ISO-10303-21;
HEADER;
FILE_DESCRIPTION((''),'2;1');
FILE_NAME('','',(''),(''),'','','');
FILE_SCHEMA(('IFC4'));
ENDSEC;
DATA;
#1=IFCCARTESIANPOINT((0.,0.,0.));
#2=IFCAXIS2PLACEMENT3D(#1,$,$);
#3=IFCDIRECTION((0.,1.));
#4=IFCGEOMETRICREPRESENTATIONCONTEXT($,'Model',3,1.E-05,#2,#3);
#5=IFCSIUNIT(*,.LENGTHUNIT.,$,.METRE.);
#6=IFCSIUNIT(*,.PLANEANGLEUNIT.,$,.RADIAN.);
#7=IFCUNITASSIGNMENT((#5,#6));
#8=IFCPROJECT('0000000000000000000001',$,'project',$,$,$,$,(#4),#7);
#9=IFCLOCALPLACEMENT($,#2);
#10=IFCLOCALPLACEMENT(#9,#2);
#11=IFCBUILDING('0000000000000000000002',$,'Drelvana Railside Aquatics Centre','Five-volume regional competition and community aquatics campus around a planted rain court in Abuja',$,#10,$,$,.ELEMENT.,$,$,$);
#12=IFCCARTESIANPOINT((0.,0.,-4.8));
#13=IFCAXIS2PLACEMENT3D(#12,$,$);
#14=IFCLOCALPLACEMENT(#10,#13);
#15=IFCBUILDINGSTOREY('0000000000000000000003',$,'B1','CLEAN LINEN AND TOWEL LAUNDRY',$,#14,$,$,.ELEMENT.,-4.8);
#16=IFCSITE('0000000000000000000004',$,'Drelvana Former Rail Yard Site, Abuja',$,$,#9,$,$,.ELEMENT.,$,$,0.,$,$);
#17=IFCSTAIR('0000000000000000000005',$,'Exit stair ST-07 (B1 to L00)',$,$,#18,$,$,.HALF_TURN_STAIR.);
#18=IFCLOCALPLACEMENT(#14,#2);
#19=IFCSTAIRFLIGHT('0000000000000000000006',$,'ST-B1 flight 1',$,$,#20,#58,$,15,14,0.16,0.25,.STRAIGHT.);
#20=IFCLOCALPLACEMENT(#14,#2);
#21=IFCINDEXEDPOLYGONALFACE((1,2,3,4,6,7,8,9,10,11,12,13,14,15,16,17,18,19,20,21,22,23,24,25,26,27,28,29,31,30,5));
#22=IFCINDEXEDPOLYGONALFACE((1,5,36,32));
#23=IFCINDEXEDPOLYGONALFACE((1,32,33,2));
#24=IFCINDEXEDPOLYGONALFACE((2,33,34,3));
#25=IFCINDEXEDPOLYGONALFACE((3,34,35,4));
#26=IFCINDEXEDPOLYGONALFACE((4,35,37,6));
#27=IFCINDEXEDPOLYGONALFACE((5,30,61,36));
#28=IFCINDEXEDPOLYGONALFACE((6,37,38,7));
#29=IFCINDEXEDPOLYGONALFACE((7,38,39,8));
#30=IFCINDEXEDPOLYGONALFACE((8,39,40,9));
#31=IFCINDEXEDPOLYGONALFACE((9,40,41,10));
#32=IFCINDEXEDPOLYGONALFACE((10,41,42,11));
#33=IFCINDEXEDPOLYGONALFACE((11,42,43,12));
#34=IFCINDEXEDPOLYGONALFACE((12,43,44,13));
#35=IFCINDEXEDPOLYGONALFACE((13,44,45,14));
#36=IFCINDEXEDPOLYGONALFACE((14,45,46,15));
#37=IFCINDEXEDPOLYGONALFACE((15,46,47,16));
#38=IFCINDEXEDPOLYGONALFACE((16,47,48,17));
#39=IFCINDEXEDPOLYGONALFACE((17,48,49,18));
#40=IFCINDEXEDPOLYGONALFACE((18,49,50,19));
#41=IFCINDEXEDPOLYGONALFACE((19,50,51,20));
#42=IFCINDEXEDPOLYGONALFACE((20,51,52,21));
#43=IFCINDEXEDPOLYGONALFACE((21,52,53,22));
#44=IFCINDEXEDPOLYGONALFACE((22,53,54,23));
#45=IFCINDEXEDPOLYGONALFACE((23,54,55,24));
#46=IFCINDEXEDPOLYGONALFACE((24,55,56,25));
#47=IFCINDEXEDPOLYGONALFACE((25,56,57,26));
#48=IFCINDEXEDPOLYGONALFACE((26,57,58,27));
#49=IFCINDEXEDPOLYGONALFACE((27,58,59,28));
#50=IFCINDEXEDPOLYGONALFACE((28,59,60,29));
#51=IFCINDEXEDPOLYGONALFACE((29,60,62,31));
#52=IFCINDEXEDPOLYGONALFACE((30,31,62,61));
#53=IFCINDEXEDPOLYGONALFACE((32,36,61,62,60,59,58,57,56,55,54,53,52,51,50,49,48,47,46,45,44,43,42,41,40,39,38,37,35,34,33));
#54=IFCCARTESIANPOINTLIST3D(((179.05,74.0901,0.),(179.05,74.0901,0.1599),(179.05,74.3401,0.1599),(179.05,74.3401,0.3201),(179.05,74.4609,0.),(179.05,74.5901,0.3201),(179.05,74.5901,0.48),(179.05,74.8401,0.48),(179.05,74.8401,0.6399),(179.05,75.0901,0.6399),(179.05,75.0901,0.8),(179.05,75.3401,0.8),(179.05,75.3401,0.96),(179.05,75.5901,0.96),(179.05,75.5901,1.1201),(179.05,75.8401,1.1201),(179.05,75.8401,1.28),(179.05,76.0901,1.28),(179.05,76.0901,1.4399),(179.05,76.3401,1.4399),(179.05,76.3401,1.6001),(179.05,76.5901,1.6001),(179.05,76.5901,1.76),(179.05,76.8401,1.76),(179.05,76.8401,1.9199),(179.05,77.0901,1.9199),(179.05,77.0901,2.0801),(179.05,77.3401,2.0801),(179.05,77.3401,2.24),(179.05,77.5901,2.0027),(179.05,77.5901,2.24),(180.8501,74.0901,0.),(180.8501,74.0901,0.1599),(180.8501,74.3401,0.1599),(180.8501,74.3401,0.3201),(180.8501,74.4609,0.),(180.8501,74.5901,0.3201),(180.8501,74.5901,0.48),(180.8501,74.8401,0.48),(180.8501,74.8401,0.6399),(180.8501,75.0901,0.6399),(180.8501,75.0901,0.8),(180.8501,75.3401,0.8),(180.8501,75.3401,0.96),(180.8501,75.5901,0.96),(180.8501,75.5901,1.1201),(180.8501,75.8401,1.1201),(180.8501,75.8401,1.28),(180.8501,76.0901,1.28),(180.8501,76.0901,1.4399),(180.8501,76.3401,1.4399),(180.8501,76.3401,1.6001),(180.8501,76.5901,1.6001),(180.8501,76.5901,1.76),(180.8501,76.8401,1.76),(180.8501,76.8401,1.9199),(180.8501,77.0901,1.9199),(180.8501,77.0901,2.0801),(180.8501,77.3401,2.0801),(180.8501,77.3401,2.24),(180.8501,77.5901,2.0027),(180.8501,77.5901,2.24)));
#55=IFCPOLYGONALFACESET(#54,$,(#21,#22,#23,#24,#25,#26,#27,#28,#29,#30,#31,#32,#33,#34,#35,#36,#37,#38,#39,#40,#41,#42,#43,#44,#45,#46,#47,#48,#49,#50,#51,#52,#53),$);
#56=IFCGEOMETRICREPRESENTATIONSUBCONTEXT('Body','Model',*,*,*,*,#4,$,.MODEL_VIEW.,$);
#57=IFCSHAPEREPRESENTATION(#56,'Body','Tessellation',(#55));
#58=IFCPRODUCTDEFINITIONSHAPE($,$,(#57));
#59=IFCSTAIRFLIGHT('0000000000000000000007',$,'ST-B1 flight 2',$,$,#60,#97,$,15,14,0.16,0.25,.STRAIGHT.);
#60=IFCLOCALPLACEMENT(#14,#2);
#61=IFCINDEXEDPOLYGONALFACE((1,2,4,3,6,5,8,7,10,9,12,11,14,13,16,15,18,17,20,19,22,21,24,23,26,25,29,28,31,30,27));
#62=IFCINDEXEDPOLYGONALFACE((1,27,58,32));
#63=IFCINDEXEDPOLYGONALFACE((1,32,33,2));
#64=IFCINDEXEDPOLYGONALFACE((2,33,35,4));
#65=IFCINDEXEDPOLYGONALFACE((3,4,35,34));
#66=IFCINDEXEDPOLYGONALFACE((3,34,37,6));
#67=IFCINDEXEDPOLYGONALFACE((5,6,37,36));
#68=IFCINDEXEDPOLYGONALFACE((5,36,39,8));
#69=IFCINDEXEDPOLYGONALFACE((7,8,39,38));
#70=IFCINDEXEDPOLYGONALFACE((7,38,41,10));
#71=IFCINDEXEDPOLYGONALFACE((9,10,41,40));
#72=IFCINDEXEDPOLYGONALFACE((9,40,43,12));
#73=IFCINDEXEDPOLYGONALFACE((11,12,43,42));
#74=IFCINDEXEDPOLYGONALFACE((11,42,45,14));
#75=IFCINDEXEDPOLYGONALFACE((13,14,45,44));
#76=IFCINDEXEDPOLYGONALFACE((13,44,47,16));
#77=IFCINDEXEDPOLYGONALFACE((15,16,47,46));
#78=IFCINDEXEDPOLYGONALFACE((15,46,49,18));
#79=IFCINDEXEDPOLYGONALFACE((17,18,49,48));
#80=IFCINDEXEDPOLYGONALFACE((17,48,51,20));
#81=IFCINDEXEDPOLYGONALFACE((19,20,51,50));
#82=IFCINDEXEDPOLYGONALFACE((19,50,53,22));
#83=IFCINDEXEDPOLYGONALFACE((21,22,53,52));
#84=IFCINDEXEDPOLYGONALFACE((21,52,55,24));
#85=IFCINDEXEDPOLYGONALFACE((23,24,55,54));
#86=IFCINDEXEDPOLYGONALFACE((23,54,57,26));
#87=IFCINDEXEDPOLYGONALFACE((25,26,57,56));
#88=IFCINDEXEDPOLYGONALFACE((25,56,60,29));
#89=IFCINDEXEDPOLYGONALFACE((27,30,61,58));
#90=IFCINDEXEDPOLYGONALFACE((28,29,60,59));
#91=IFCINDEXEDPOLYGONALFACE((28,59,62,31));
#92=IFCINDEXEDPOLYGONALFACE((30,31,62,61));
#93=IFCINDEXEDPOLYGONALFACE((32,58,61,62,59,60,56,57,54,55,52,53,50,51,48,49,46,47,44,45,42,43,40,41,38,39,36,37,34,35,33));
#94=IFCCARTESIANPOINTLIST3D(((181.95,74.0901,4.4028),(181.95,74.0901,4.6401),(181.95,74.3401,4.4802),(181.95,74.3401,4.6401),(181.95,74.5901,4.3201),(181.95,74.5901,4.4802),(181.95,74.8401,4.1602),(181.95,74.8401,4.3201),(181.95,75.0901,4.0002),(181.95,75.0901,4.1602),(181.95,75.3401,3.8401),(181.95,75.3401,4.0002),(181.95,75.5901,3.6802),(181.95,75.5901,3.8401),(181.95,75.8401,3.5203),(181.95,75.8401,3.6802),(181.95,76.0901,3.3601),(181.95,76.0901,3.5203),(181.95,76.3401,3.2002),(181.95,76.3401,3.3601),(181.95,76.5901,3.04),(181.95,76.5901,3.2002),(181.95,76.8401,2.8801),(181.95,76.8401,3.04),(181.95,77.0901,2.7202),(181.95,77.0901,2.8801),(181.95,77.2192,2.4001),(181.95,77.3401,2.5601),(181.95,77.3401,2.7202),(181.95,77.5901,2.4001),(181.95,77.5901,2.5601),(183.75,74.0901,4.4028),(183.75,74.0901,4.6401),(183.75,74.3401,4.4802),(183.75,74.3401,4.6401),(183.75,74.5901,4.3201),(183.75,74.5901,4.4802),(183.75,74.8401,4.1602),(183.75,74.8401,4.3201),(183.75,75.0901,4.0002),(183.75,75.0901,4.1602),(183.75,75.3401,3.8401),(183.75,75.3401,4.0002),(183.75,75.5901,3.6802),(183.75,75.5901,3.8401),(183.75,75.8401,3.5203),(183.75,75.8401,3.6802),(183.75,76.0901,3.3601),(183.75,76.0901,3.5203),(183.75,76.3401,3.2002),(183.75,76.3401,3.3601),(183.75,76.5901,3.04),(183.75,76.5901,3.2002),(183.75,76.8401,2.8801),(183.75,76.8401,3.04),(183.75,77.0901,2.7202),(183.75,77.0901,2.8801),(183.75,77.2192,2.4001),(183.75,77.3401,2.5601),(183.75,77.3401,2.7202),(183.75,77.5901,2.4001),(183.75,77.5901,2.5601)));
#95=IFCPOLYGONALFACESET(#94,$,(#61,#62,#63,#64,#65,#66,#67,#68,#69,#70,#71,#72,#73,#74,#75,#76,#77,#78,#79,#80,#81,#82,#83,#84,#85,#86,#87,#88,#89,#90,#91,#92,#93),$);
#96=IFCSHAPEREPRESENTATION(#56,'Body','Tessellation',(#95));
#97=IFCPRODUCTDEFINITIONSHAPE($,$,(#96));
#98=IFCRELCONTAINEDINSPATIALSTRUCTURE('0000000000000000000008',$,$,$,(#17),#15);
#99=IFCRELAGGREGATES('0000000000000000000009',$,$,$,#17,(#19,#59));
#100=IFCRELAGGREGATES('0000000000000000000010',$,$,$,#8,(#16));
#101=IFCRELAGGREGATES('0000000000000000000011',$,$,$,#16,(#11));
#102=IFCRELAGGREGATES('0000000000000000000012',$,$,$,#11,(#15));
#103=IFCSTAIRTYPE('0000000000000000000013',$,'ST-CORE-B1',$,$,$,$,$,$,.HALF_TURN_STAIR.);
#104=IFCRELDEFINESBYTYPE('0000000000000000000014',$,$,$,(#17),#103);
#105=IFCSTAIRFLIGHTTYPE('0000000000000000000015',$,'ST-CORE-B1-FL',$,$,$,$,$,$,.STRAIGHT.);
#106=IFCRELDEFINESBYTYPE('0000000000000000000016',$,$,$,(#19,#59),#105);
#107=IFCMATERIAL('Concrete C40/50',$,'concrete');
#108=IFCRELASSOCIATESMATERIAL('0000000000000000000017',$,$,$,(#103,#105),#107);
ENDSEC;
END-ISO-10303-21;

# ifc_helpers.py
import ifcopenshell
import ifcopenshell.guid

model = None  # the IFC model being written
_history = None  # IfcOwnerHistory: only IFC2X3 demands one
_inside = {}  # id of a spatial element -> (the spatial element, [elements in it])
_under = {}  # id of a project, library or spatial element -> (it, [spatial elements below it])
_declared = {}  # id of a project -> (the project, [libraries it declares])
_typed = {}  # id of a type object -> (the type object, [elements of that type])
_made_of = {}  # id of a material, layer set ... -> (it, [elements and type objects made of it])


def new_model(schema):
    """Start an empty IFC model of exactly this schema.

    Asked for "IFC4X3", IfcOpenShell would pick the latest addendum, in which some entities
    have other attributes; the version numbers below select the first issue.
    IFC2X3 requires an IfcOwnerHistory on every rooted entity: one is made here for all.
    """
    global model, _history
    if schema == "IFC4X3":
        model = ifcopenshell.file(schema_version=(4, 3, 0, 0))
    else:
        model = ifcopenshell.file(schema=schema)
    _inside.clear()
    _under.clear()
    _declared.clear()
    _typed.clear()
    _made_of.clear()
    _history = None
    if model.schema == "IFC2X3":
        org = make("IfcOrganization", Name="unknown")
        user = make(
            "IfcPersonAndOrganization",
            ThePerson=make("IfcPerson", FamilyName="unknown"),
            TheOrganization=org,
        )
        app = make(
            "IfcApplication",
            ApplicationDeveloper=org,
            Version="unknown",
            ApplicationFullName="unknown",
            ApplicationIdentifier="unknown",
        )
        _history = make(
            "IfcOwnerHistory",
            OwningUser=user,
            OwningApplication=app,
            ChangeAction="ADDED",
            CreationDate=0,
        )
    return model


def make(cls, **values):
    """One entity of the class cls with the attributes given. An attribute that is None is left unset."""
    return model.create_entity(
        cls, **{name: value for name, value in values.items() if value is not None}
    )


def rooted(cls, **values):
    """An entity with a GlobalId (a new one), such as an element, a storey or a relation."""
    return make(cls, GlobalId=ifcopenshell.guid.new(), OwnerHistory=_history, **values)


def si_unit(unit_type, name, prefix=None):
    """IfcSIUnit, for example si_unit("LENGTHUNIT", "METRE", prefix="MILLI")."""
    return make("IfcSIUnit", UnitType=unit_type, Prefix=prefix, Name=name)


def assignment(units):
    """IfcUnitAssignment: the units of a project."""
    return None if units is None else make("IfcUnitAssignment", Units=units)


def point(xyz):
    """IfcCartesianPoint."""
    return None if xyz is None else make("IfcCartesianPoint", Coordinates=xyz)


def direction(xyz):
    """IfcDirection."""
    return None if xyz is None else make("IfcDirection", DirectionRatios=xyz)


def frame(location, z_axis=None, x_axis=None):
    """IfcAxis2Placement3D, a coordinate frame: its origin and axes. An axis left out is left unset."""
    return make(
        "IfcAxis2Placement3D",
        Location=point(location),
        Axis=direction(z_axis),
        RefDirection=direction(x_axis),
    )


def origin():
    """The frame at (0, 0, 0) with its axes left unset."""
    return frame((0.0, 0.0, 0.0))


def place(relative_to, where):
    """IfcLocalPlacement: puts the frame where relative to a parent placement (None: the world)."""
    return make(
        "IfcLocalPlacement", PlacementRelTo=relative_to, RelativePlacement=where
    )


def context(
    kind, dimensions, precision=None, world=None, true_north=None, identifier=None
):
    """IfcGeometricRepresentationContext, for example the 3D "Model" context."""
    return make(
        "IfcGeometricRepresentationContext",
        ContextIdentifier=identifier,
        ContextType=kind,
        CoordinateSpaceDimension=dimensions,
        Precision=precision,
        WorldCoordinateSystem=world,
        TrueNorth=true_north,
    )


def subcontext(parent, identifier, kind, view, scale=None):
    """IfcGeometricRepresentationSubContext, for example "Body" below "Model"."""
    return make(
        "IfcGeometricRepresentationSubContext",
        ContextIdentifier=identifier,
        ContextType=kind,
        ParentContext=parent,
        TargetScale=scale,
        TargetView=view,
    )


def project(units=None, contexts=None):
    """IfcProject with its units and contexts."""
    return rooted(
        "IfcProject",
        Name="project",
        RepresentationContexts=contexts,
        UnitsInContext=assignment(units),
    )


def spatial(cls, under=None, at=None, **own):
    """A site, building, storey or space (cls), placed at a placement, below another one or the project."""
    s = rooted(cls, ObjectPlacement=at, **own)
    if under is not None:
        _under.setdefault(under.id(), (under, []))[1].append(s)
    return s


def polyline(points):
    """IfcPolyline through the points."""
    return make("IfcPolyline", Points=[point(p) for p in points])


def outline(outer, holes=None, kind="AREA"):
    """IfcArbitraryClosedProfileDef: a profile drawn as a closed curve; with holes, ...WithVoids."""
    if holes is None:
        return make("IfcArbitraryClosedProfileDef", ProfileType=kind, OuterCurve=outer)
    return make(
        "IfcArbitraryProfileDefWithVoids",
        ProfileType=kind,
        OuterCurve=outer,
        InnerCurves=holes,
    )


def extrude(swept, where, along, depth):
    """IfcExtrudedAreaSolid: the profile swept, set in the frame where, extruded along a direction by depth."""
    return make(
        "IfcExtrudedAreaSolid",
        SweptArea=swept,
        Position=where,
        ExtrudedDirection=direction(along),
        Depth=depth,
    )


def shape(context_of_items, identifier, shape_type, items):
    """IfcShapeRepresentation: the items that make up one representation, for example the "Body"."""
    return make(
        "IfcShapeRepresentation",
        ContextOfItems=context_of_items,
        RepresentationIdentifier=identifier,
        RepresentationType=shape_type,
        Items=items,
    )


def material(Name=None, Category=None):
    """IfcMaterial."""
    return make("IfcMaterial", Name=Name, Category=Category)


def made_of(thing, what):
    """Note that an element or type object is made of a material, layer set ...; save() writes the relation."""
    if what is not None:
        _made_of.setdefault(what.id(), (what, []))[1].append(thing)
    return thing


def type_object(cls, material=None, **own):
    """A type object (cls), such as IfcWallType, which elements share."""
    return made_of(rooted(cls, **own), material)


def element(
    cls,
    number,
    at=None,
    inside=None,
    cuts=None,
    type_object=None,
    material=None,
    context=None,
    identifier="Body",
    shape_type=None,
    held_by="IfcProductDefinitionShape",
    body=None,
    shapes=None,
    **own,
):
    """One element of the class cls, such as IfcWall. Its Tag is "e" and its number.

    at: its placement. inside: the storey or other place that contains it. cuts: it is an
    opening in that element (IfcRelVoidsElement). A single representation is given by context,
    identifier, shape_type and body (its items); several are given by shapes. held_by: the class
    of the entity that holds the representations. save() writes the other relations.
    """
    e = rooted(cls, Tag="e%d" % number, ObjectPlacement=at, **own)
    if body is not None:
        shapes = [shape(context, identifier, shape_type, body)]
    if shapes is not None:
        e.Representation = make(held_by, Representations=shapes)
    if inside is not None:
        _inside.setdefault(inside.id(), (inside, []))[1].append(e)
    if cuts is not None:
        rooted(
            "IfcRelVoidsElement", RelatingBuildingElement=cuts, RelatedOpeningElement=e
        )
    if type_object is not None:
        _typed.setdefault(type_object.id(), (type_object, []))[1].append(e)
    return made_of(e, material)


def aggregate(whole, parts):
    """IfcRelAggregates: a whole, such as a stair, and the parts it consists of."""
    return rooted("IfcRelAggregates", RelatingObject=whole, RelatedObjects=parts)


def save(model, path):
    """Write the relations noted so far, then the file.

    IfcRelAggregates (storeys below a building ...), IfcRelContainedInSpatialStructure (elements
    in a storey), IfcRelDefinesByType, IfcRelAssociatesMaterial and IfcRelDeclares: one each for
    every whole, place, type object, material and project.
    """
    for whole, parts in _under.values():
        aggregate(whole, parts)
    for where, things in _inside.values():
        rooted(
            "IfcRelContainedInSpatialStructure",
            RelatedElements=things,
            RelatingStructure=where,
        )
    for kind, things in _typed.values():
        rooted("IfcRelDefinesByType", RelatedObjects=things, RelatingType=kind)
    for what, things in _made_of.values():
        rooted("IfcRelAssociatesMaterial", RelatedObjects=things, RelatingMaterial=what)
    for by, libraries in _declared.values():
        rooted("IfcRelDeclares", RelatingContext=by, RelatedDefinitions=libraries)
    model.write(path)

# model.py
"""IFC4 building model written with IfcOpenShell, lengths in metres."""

from ifc_helpers import new_model, si_unit, direction, frame, origin, place, context, subcontext, project, spatial, polyline, outline, extrude, material, type_object, element, aggregate, save


model = new_model("IFC4")

# Units and contexts
model_context = context("Model", 3, precision=1e-05, world=origin(), true_north=direction((0.0, 1.0)))
body_context = subcontext(model_context, "Body", "Model", "MODEL_VIEW")
ifc_project = project(units=[si_unit("LENGTHUNIT", "METRE"), si_unit("PLANEANGLEUNIT", "RADIAN")], contexts=[model_context])

# Site, building, storey
site_placement = place(None, origin())
site = spatial("IfcSite", under=ifc_project, at=site_placement, Name="Drelvana Former Rail Yard Site, Abuja", CompositionType="ELEMENT", RefElevation=0.0)
building_placement = place(site_placement, origin())
building = spatial("IfcBuilding", under=site, at=building_placement, Name="Drelvana Railside Aquatics Centre", Description="Five-volume regional competition and community aquatics campus around a planted rain court in Abuja", CompositionType="ELEMENT")
storey_placement = place(building_placement, frame((0.0, 0.0, -4.8)))
storey = spatial("IfcBuildingStorey", under=building, at=storey_placement, Name="B1", Description="CLEAN LINEN AND TOWEL LAUNDRY", CompositionType="ELEMENT", Elevation=-4.8)

# Shared definitions
ifc_material_1 = material(Name="Concrete C40/50", Category="concrete")

# Stair, stair flights
stair_type = type_object("IfcStairType", Name="ST-CORE-B1", PredefinedType="HALF_TURN_STAIR", material=ifc_material_1)
stair_placement = place(storey_placement, origin())
stair = element("IfcStair", 1, at=stair_placement, inside=storey, type_object=stair_type, Name="Exit stair ST-07 (B1 to L00)", PredefinedType="HALF_TURN_STAIR")
stair_flight_type = type_object("IfcStairFlightType", Name="ST-CORE-B1-FL", PredefinedType="STRAIGHT", material=ifc_material_1)
stair_flight_1_placement = place(storey_placement, frame((179.95, 74.0901, 0.0), z_axis=(0.0, 0.0, 1.0), x_axis=(0.0, 1.0, 0.0)))
stair_flight_1 = element("IfcStairFlight", 2, at=stair_flight_1_placement, type_object=stair_flight_type, Name="ST-B1 flight 1", NumberOfRisers=15, NumberOfTreads=14, PredefinedType="STRAIGHT", RiserHeight=0.16, TreadLength=0.25, context=body_context, shape_type="SweptSolid", body=[
    extrude(outline(polyline([(0.0, 0.0), (0.0, 0.1599), (0.25, 0.1599), (0.25, 0.3201), (0.5, 0.3201), (0.5, 0.48), (0.75, 0.48), (0.75, 0.6399), (1.0, 0.6399), (1.0, 0.8), (1.25, 0.8), (1.25, 0.96), (1.5, 0.96), (1.5, 1.1201), (1.75, 1.1201), (1.75, 1.28), (2.0, 1.28), (2.0, 1.4399), (2.25, 1.4399), (2.25, 1.6001), (2.5, 1.6001), (2.5, 1.76), (2.75, 1.76), (2.75, 1.9199), (3.0, 1.9199), (3.0, 2.0801), (3.25, 2.0801), (3.25, 2.24), (3.5, 2.24), (3.5, 2.3999), (3.5, 2.0027), (0.3708, 0.0), (0.0, 0.0)])), frame((0.0, 0.8999, 0.0), z_axis=(0.0, -1.0, 0.0), x_axis=(1.0, 0.0, 0.0)), (0.0, 0.0, 1.0), 1.8),
])
stair_flight_2_placement = place(storey_placement, frame((182.8501, 77.5901, 2.4001), z_axis=(0.0, 0.0, 1.0), x_axis=(0.0, -1.0, 0.0)))
stair_flight_2 = element("IfcStairFlight", 3, at=stair_flight_2_placement, type_object=stair_flight_type, Name="ST-B1 flight 2", NumberOfRisers=15, NumberOfTreads=14, PredefinedType="STRAIGHT", RiserHeight=0.16, TreadLength=0.25, context=body_context, shape_type="SweptSolid", body=[
    extrude(outline(polyline([(0.0, 0.0), (0.0, 0.1599), (0.25, 0.1599), (0.25, 0.3201), (0.5, 0.3201), (0.5, 0.48), (0.75, 0.48), (0.75, 0.6399), (1.0, 0.6399), (1.0, 0.8), (1.25, 0.8), (1.25, 0.96), (1.5, 0.96), (1.5, 1.1201), (1.75, 1.1201), (1.75, 1.28), (2.0, 1.28), (2.0, 1.4399), (2.25, 1.4399), (2.25, 1.6001), (2.5, 1.6001), (2.5, 1.76), (2.75, 1.76), (2.75, 1.9199), (3.0, 1.9199), (3.0, 2.0801), (3.25, 2.0801), (3.25, 2.24), (3.5, 2.24), (3.5, 2.3999), (3.5, 2.0027), (0.3708, 0.0), (0.0, 0.0)])), frame((0.0, 0.8999, 0.0), z_axis=(0.0, -1.0, 0.0), x_axis=(1.0, 0.0, 0.0)), (0.0, 0.0, 1.0), 1.8),
])
aggregate(stair, [stair_flight_1, stair_flight_2])

save(model, "model.ifc")
